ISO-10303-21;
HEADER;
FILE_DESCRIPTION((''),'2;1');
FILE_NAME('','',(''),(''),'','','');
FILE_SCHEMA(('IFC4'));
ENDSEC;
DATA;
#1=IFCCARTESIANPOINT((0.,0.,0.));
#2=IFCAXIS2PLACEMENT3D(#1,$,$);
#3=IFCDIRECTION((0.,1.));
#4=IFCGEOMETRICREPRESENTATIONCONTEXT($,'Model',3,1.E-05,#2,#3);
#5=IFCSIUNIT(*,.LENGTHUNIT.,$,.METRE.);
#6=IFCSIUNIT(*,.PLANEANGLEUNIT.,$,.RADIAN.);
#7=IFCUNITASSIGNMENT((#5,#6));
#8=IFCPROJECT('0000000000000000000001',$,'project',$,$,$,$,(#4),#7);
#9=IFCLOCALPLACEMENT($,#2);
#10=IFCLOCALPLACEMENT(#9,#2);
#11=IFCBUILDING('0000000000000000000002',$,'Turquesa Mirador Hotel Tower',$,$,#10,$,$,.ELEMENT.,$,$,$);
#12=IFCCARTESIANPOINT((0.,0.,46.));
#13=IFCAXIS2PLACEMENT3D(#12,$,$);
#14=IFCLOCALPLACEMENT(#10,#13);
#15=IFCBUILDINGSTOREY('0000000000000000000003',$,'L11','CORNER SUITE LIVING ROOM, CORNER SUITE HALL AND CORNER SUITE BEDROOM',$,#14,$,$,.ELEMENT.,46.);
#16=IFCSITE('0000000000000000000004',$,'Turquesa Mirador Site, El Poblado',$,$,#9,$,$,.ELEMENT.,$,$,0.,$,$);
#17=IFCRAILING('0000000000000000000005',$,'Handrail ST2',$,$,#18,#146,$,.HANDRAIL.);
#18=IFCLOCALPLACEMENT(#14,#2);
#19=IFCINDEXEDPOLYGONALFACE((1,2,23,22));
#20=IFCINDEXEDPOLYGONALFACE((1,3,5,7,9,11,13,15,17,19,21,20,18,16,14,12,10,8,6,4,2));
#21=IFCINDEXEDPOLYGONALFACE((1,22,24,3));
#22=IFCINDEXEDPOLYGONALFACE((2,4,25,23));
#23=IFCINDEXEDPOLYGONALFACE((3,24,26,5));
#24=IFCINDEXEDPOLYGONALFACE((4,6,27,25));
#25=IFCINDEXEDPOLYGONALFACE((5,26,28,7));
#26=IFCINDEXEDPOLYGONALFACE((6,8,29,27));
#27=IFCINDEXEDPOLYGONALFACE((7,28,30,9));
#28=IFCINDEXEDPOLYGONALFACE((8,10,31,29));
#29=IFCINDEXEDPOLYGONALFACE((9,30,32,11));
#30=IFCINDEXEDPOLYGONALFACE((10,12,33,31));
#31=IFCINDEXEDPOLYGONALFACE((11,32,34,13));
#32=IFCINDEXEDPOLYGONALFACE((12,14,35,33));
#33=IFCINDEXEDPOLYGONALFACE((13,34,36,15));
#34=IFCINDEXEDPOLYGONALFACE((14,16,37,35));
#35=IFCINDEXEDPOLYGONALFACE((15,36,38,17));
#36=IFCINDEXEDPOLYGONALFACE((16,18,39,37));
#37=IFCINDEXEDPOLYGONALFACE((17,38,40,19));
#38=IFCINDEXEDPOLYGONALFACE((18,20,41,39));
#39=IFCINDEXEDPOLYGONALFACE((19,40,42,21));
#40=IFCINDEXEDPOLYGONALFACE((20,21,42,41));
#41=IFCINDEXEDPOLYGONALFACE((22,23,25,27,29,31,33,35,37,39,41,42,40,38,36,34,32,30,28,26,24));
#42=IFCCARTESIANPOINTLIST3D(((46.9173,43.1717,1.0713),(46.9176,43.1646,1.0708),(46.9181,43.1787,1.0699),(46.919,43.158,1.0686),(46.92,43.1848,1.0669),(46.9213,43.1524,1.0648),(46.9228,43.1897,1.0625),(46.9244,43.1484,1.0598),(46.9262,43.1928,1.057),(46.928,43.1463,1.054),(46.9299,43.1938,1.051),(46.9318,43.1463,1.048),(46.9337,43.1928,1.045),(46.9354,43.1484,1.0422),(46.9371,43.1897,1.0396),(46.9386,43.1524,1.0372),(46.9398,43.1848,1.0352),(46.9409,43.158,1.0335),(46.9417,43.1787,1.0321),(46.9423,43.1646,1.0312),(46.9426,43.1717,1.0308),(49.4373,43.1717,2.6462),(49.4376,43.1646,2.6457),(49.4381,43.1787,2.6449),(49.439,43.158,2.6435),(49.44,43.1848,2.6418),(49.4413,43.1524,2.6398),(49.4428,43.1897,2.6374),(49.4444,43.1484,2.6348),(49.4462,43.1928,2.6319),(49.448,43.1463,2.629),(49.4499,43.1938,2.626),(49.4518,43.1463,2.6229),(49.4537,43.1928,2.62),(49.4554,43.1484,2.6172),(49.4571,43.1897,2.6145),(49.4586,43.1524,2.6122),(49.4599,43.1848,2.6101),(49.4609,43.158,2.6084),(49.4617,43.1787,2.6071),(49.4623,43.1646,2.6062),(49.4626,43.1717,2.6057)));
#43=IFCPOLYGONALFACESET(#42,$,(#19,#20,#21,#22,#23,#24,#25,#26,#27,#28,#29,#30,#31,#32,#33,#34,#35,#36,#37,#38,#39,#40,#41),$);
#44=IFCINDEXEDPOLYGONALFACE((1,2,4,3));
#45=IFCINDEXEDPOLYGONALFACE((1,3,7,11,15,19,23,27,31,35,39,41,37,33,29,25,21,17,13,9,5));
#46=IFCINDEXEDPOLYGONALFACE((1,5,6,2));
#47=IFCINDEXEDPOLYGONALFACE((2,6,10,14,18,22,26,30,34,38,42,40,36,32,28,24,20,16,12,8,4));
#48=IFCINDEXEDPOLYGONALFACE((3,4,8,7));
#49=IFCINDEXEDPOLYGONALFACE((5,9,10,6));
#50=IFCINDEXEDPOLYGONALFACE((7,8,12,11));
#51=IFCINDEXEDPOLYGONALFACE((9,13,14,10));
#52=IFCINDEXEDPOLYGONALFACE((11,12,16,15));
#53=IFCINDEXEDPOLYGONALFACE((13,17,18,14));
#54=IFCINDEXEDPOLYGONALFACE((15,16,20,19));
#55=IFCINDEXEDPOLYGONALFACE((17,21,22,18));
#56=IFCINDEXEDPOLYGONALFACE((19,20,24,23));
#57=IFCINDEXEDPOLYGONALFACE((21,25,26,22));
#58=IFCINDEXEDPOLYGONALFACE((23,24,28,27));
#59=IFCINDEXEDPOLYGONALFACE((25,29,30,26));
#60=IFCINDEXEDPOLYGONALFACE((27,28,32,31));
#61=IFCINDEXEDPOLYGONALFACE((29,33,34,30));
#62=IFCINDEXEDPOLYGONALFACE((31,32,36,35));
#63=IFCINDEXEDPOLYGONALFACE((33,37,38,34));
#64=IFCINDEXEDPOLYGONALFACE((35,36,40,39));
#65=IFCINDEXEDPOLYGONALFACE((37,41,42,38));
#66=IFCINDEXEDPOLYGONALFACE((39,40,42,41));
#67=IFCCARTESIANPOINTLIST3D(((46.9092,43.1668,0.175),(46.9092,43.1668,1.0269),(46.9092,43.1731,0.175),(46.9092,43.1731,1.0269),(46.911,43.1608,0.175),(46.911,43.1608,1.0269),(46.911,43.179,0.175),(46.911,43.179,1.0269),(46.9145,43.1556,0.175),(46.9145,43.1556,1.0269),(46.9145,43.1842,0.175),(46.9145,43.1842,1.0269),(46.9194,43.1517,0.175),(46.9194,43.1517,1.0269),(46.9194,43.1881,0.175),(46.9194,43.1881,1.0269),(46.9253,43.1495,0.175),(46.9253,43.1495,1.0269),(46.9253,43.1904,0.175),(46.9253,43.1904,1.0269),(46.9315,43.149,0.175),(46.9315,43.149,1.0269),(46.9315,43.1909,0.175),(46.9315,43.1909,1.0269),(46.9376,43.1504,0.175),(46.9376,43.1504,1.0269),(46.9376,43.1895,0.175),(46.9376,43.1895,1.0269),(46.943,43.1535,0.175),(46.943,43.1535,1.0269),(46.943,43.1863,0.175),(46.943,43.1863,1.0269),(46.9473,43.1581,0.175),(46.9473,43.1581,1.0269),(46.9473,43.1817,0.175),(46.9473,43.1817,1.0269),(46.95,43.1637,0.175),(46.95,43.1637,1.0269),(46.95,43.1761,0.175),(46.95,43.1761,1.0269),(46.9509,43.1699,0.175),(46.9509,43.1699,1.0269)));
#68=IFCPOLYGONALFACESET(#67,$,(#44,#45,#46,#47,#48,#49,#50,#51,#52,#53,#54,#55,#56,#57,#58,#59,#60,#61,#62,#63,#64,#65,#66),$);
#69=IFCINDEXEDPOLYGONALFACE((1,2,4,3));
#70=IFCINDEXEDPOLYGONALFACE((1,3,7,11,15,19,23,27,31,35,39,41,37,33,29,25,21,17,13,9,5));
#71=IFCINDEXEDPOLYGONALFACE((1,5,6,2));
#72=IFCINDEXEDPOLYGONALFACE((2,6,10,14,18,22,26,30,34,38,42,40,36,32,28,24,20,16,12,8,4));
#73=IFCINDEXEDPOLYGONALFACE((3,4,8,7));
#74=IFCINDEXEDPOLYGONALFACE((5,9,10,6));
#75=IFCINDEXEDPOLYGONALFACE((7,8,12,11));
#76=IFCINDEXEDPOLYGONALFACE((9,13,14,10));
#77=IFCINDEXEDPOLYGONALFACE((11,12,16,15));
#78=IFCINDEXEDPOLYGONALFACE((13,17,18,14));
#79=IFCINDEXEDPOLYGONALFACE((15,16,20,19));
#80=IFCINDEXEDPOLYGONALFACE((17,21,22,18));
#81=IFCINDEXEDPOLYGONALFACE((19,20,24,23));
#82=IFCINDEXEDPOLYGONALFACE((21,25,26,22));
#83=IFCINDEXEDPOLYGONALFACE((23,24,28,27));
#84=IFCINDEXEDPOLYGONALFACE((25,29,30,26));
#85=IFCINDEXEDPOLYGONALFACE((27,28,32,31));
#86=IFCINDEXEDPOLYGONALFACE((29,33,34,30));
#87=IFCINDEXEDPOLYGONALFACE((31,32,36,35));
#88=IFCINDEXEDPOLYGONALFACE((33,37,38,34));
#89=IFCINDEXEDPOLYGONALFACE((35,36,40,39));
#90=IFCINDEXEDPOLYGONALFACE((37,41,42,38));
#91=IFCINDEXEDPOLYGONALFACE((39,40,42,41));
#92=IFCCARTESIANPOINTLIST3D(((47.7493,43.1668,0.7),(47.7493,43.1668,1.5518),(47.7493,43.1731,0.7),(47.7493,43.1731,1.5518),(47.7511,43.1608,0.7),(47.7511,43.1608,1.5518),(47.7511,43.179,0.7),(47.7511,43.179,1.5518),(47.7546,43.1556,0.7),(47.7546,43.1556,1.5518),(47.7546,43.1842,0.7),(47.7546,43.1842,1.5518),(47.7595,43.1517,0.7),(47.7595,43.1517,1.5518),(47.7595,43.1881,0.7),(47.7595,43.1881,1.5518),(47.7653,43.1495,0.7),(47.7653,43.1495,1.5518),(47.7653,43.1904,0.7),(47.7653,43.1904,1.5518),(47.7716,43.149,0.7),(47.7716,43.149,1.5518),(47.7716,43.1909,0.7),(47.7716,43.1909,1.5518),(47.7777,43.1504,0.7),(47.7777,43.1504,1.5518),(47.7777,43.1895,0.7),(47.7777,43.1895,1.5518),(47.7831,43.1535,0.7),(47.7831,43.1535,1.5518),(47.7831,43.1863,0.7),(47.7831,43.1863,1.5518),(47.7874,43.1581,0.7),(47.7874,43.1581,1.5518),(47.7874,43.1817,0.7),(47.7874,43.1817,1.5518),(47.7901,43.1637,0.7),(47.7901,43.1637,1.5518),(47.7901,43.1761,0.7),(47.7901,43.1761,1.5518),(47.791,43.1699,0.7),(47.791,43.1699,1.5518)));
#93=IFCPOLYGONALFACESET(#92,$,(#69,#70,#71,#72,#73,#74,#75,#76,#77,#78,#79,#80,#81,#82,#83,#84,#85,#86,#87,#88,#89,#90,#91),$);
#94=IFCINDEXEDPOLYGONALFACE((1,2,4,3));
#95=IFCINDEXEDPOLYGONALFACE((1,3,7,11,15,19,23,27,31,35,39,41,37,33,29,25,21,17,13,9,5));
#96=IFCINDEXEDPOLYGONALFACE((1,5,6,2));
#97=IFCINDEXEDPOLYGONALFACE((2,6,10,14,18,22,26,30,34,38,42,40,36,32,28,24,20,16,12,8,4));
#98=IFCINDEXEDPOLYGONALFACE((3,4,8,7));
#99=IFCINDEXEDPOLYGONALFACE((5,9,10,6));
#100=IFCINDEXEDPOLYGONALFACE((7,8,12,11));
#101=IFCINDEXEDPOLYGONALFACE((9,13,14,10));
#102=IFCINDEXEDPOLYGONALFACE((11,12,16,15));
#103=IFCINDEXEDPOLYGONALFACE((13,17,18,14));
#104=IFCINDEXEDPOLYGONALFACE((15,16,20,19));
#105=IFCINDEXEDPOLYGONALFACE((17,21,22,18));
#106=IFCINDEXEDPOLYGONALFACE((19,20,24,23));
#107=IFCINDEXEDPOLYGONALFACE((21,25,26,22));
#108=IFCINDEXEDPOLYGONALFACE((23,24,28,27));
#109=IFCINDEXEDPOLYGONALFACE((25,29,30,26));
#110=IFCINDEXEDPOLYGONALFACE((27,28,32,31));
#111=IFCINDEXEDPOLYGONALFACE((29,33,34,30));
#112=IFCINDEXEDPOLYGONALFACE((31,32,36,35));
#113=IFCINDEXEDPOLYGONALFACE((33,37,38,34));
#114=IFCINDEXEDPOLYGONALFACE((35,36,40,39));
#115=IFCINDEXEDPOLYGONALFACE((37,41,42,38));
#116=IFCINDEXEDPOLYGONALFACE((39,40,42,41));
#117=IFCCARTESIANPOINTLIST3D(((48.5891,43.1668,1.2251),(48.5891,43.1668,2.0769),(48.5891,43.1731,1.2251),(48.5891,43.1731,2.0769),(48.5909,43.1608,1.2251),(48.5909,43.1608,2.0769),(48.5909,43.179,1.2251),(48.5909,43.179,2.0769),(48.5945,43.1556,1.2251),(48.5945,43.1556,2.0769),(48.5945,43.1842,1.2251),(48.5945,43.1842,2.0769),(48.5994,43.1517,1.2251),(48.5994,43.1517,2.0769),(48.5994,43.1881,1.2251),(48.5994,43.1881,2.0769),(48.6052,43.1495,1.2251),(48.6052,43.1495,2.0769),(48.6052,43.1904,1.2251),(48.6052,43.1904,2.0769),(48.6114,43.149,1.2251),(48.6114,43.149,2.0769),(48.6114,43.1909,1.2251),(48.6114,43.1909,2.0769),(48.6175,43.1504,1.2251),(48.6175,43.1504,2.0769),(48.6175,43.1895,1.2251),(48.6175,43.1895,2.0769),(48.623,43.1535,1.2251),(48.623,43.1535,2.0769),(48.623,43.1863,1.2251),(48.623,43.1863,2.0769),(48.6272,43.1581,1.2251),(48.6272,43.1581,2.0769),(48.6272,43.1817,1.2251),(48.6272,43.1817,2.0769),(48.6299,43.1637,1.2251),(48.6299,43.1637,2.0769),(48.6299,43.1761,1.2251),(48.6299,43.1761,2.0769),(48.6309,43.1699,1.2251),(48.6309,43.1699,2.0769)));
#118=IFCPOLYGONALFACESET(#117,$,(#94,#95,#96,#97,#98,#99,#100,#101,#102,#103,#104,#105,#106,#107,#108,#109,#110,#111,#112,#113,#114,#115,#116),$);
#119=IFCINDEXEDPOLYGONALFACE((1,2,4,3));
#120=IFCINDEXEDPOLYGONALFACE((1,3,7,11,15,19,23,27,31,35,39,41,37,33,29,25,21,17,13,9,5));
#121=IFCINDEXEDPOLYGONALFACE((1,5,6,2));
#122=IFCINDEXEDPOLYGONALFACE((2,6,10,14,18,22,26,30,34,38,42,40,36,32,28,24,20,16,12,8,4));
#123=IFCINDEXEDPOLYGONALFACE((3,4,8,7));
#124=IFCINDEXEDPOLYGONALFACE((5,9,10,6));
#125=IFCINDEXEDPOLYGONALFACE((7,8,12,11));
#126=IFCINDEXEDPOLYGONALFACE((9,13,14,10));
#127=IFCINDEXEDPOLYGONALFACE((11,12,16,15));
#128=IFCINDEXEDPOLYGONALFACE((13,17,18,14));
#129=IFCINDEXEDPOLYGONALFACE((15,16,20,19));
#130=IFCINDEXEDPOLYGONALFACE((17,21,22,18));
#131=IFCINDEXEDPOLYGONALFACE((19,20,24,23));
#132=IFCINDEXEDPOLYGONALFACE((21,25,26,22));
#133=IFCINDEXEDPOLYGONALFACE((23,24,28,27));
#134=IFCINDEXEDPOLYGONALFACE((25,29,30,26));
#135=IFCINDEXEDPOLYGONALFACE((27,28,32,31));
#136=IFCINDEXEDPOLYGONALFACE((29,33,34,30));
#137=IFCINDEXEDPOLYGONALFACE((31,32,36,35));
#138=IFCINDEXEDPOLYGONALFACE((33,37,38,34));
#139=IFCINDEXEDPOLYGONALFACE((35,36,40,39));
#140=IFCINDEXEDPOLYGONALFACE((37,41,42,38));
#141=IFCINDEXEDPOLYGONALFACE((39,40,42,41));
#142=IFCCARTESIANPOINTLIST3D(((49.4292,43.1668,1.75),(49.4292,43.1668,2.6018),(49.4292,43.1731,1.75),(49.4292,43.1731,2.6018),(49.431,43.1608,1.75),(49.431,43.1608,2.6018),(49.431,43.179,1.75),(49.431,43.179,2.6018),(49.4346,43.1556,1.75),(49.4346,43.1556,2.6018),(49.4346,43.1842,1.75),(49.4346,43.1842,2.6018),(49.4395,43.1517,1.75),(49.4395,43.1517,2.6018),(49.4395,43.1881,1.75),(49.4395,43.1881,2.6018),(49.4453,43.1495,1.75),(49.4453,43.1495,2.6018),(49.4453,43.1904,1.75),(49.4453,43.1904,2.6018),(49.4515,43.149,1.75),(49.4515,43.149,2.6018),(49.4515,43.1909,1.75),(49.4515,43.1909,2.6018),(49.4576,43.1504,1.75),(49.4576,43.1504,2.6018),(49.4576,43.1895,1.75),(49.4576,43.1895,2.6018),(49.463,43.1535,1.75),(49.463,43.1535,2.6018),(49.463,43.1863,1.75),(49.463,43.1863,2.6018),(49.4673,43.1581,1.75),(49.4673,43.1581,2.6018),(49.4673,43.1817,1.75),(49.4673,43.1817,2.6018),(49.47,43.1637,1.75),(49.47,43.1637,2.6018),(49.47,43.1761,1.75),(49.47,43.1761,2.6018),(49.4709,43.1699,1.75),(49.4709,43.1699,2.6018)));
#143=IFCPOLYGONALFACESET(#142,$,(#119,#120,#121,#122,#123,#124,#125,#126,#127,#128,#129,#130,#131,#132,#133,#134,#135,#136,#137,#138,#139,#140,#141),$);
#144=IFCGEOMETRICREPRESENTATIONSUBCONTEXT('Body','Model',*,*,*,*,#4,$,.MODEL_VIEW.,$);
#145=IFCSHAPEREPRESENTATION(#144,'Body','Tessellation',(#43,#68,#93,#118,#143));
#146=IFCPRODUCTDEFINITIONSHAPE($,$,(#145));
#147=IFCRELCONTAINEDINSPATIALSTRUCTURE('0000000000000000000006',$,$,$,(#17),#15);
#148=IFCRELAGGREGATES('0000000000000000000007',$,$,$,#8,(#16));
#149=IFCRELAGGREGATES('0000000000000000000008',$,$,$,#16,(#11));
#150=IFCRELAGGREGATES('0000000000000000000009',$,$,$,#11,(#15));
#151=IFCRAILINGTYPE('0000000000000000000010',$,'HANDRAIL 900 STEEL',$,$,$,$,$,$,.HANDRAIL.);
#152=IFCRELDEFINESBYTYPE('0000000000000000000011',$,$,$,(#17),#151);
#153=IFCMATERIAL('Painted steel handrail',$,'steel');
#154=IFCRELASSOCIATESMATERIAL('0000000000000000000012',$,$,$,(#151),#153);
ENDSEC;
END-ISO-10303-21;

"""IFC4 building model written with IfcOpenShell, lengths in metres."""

from ifc_helpers import new_model, si_unit, direction, frame, origin, origin_2d, place, context, subcontext, project, spatial, circle, extrude, material, type_object, element, save


model = new_model("IFC4")

# Units and contexts
model_context = context("Model", 3, precision=1e-05, world=origin(), true_north=direction((0.0, 1.0)))
body_context = subcontext(model_context, "Body", "Model", "MODEL_VIEW")
ifc_project = project(units=[si_unit("LENGTHUNIT", "METRE"), si_unit("PLANEANGLEUNIT", "RADIAN")], contexts=[model_context])

# Site, building, storey
site_placement = place(None, origin())
site = spatial("IfcSite", under=ifc_project, at=site_placement, Name="Turquesa Mirador Site, El Poblado", CompositionType="ELEMENT", RefElevation=0.0)
building_placement = place(site_placement, origin())
building = spatial("IfcBuilding", under=site, at=building_placement, Name="Turquesa Mirador Hotel Tower", CompositionType="ELEMENT")
storey_placement = place(building_placement, frame((0.0, 0.0, 46.0)))
storey = spatial("IfcBuildingStorey", under=building, at=storey_placement, Name="L11", Description="CORNER SUITE LIVING ROOM, CORNER SUITE HALL AND CORNER SUITE BEDROOM", CompositionType="ELEMENT", Elevation=46.0)

# Railing
ifc_material_1 = material(Name="Painted steel handrail", Category="steel")
railing_type = type_object("IfcRailingType", Name="HANDRAIL 900 STEEL", PredefinedType="HANDRAIL", material=ifc_material_1)
for number, where, name in (
    (1, (46.9299, 43.1699, 0.175), "Handrail ST2"),
):
    element("IfcRailing", number, at=place(storey_placement, frame(where)), inside=storey, type_object=railing_type, Name=name, PredefinedType="HANDRAIL", context=body_context, shape_type="SweptSolid", body=[
        extrude(circle(Radius=0.0239, at=origin_2d()), frame((0.0, 0.0, 0.876), z_axis=(0.848008, 0.0, 0.529984), x_axis=(0.0, 1.0, 0.0)), (0.0, 0.0, 1.0), 2.9717),
        extrude(circle(Radius=0.021, at=origin_2d()), origin(), (0.0, 0.0, 1.0), 0.8518),
        extrude(circle(Radius=0.021, at=origin_2d()), frame((0.8401, 0.0, 0.5249)), (0.0, 0.0, 1.0), 0.8518),
        extrude(circle(Radius=0.021, at=origin_2d()), frame((1.6799, 0.0, 1.05)), (0.0, 0.0, 1.0), 0.8518),
        extrude(circle(Radius=0.021, at=origin_2d()), frame((2.52, 0.0, 1.575)), (0.0, 0.0, 1.0), 0.8518),
    ])

save(model, "model.ifc")
